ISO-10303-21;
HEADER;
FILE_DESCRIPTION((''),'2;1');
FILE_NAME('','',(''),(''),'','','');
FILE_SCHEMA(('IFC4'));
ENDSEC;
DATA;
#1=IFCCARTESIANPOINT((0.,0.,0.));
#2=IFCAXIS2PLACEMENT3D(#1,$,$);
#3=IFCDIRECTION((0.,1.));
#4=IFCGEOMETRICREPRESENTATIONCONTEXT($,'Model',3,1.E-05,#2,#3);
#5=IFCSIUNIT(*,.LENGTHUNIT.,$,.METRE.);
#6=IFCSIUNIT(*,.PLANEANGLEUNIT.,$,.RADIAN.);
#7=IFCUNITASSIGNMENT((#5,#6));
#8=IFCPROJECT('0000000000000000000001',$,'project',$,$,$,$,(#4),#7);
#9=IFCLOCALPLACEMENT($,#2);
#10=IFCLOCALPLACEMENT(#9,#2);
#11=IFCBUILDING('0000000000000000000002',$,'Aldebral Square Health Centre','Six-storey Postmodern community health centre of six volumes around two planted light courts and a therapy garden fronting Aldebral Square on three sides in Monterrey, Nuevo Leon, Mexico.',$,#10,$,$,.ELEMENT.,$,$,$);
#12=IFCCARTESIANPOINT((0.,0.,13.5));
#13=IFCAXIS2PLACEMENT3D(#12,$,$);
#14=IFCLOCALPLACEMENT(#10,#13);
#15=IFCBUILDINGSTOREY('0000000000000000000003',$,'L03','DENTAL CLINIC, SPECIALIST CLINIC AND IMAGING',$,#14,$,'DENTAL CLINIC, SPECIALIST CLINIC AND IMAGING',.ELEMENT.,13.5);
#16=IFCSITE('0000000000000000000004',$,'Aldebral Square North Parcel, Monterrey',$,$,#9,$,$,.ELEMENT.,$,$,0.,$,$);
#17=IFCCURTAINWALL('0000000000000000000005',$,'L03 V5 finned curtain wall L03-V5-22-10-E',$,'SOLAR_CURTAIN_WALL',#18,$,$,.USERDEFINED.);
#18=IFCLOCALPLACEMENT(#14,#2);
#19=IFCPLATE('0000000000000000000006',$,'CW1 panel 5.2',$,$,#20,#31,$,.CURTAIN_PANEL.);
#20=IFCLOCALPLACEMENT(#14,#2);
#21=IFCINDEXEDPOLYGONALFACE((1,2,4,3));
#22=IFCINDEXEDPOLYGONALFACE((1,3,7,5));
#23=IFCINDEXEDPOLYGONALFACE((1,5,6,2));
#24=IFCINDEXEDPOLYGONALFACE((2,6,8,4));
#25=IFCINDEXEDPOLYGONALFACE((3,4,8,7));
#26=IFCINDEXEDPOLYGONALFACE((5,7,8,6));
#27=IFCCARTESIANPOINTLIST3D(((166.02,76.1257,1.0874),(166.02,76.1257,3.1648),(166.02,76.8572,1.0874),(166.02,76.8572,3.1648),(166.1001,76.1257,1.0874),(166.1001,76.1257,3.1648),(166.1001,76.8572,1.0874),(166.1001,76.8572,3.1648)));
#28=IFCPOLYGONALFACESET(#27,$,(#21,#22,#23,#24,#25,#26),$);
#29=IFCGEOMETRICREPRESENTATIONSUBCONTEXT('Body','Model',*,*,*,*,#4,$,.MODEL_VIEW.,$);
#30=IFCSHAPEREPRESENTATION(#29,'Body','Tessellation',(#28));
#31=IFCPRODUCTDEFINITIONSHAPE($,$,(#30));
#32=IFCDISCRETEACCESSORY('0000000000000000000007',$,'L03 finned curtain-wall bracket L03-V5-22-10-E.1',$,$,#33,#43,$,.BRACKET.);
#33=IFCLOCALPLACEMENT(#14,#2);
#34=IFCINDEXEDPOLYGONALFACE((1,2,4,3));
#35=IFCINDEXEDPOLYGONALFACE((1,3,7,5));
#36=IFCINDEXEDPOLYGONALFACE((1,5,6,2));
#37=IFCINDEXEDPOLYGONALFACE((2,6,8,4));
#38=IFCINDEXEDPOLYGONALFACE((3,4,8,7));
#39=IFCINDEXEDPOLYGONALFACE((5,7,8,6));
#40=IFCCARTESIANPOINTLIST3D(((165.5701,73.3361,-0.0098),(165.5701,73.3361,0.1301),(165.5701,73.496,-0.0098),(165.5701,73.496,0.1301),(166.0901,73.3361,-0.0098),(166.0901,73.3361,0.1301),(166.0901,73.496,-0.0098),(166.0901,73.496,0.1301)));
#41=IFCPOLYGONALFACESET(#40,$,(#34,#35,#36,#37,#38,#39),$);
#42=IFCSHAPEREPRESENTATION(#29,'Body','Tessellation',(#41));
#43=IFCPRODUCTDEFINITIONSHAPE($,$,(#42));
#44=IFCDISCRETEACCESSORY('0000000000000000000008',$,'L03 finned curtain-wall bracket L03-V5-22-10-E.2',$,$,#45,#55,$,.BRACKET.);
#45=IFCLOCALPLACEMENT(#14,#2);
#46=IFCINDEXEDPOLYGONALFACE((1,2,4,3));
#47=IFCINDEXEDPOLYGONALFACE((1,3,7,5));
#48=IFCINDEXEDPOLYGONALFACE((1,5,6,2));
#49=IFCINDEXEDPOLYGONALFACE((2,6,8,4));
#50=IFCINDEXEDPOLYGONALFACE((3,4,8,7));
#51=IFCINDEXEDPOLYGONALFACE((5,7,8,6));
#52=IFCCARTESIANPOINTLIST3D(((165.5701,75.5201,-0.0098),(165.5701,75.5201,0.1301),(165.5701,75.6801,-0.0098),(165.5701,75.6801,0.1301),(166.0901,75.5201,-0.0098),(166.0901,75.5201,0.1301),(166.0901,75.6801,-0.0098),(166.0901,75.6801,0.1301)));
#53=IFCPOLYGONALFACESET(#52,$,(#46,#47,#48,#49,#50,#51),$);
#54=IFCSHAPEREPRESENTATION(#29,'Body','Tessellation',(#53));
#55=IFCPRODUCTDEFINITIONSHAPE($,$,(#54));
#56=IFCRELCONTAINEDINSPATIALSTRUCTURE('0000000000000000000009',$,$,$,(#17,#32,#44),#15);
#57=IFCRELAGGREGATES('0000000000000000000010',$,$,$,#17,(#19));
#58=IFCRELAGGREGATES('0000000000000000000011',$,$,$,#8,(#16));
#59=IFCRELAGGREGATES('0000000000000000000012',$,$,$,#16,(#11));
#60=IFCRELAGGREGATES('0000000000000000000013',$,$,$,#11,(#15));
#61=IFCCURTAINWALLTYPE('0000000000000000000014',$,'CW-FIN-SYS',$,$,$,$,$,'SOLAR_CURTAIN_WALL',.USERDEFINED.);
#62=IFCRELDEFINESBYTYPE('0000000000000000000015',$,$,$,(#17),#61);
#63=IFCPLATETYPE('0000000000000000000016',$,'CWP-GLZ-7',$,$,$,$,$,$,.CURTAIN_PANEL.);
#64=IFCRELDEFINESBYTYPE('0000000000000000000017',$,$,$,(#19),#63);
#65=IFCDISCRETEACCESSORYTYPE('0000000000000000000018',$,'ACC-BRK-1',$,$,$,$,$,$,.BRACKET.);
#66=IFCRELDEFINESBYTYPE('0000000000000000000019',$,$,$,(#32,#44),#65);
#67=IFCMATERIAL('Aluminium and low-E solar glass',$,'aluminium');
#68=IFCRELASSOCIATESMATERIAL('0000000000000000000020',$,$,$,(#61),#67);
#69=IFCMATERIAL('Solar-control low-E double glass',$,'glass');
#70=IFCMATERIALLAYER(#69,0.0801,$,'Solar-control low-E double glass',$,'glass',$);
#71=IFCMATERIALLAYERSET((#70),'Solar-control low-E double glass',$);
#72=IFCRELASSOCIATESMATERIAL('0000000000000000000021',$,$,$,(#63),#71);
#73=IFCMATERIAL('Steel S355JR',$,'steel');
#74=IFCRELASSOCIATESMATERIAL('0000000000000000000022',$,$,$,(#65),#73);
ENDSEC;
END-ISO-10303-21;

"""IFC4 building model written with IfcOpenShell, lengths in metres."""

from ifc_helpers import new_model, si_unit, direction, frame, origin, origin_2d, place, context, subcontext, project, spatial, rectangle, extrude, material, layer, layer_set, type_object, element, aggregate, save


model = new_model("IFC4")

# Units and contexts
model_context = context("Model", 3, precision=1e-05, world=origin(), true_north=direction((0.0, 1.0)))
body_context = subcontext(model_context, "Body", "Model", "MODEL_VIEW")
ifc_project = project(units=[si_unit("LENGTHUNIT", "METRE"), si_unit("PLANEANGLEUNIT", "RADIAN")], contexts=[model_context])

# Site, building, storey
site_placement = place(None, origin())
site = spatial("IfcSite", under=ifc_project, at=site_placement, Name="Aldebral Square North Parcel, Monterrey", CompositionType="ELEMENT", RefElevation=0.0)
building_placement = place(site_placement, origin())
building = spatial("IfcBuilding", under=site, at=building_placement, Name="Aldebral Square Health Centre", Description="Six-storey Postmodern community health centre of six volumes around two planted light courts and a therapy garden fronting Aldebral Square on three sides in Monterrey, Nuevo Leon, Mexico.", CompositionType="ELEMENT")
storey_placement = place(building_placement, frame((0.0, 0.0, 13.5)))
storey = spatial("IfcBuildingStorey", under=building, at=storey_placement, Name="L03", Description="DENTAL CLINIC, SPECIALIST CLINIC AND IMAGING", LongName="DENTAL CLINIC, SPECIALIST CLINIC AND IMAGING", CompositionType="ELEMENT", Elevation=13.5)

# Curtain wall, plate
ifc_material_1 = material(Name="Aluminium and low-E solar glass", Category="aluminium")
curtain_wall_type = type_object("IfcCurtainWallType", Name="CW-FIN-SYS", ElementType="SOLAR_CURTAIN_WALL", PredefinedType="USERDEFINED", material=ifc_material_1)
curtain_wall_placement = place(storey_placement, origin())
curtain_wall = element("IfcCurtainWall", 1, at=curtain_wall_placement, inside=storey, type_object=curtain_wall_type, Name="L03 V5 finned curtain wall L03-V5-22-10-E", ObjectType="SOLAR_CURTAIN_WALL", PredefinedType="USERDEFINED")
ifc_material_2 = material(Name="Solar-control low-E double glass", Category="glass")
ifc_layer = layer(ifc_material_2, 0.0801, Name="Solar-control low-E double glass", Category="glass")
ifc_layer_set = layer_set([ifc_layer], Name="Solar-control low-E double glass")
plate_type = type_object("IfcPlateType", Name="CWP-GLZ-7", PredefinedType="CURTAIN_PANEL", material=ifc_layer_set)
plate_1_placement = place(storey_placement, frame((166.0601, 76.4915, 1.0874), z_axis=(0.0, 0.0, 1.0), x_axis=(0.0, 1.0, 0.0)))
plate_1 = element("IfcPlate", 2, at=plate_1_placement, type_object=plate_type, Name="CW1 panel 5.2", PredefinedType="CURTAIN_PANEL", context=body_context, shape_type="SweptSolid", body=[
    extrude(rectangle(XDim=0.7314, YDim=0.0801, at=origin_2d()), origin(), (0.0, 0.0, 1.0), 2.0774),
])
aggregate(curtain_wall, [plate_1])

# Discrete accessories
ifc_material_3 = material(Name="Steel S355JR", Category="steel")
discrete_accessory_type = type_object("IfcDiscreteAccessoryType", Name="ACC-BRK-1", PredefinedType="BRACKET", material=ifc_material_3)
for number, where, z_axis, x_axis, name in (
    (3, (165.8301, 73.416, -0.0098), (0.0, 0.0, 1.0), (0.0, 1.0, 0.0), "L03 finned curtain-wall bracket L03-V5-22-10-E.1"),
    (4, (165.8301, 75.6001, -0.0098), (0.0, 0.0, 1.0), (0.0, 1.0, 0.0), "L03 finned curtain-wall bracket L03-V5-22-10-E.2"),
):
    element("IfcDiscreteAccessory", number, at=place(storey_placement, frame(where, z_axis=z_axis, x_axis=x_axis)), inside=storey, type_object=discrete_accessory_type, Name=name, PredefinedType="BRACKET", context=body_context, shape_type="SweptSolid", body=[
        extrude(rectangle(XDim=0.1599, YDim=0.52, at=origin_2d()), origin(), (0.0, 0.0, 1.0), 0.1399),
    ])

save(model, "model.ifc")
